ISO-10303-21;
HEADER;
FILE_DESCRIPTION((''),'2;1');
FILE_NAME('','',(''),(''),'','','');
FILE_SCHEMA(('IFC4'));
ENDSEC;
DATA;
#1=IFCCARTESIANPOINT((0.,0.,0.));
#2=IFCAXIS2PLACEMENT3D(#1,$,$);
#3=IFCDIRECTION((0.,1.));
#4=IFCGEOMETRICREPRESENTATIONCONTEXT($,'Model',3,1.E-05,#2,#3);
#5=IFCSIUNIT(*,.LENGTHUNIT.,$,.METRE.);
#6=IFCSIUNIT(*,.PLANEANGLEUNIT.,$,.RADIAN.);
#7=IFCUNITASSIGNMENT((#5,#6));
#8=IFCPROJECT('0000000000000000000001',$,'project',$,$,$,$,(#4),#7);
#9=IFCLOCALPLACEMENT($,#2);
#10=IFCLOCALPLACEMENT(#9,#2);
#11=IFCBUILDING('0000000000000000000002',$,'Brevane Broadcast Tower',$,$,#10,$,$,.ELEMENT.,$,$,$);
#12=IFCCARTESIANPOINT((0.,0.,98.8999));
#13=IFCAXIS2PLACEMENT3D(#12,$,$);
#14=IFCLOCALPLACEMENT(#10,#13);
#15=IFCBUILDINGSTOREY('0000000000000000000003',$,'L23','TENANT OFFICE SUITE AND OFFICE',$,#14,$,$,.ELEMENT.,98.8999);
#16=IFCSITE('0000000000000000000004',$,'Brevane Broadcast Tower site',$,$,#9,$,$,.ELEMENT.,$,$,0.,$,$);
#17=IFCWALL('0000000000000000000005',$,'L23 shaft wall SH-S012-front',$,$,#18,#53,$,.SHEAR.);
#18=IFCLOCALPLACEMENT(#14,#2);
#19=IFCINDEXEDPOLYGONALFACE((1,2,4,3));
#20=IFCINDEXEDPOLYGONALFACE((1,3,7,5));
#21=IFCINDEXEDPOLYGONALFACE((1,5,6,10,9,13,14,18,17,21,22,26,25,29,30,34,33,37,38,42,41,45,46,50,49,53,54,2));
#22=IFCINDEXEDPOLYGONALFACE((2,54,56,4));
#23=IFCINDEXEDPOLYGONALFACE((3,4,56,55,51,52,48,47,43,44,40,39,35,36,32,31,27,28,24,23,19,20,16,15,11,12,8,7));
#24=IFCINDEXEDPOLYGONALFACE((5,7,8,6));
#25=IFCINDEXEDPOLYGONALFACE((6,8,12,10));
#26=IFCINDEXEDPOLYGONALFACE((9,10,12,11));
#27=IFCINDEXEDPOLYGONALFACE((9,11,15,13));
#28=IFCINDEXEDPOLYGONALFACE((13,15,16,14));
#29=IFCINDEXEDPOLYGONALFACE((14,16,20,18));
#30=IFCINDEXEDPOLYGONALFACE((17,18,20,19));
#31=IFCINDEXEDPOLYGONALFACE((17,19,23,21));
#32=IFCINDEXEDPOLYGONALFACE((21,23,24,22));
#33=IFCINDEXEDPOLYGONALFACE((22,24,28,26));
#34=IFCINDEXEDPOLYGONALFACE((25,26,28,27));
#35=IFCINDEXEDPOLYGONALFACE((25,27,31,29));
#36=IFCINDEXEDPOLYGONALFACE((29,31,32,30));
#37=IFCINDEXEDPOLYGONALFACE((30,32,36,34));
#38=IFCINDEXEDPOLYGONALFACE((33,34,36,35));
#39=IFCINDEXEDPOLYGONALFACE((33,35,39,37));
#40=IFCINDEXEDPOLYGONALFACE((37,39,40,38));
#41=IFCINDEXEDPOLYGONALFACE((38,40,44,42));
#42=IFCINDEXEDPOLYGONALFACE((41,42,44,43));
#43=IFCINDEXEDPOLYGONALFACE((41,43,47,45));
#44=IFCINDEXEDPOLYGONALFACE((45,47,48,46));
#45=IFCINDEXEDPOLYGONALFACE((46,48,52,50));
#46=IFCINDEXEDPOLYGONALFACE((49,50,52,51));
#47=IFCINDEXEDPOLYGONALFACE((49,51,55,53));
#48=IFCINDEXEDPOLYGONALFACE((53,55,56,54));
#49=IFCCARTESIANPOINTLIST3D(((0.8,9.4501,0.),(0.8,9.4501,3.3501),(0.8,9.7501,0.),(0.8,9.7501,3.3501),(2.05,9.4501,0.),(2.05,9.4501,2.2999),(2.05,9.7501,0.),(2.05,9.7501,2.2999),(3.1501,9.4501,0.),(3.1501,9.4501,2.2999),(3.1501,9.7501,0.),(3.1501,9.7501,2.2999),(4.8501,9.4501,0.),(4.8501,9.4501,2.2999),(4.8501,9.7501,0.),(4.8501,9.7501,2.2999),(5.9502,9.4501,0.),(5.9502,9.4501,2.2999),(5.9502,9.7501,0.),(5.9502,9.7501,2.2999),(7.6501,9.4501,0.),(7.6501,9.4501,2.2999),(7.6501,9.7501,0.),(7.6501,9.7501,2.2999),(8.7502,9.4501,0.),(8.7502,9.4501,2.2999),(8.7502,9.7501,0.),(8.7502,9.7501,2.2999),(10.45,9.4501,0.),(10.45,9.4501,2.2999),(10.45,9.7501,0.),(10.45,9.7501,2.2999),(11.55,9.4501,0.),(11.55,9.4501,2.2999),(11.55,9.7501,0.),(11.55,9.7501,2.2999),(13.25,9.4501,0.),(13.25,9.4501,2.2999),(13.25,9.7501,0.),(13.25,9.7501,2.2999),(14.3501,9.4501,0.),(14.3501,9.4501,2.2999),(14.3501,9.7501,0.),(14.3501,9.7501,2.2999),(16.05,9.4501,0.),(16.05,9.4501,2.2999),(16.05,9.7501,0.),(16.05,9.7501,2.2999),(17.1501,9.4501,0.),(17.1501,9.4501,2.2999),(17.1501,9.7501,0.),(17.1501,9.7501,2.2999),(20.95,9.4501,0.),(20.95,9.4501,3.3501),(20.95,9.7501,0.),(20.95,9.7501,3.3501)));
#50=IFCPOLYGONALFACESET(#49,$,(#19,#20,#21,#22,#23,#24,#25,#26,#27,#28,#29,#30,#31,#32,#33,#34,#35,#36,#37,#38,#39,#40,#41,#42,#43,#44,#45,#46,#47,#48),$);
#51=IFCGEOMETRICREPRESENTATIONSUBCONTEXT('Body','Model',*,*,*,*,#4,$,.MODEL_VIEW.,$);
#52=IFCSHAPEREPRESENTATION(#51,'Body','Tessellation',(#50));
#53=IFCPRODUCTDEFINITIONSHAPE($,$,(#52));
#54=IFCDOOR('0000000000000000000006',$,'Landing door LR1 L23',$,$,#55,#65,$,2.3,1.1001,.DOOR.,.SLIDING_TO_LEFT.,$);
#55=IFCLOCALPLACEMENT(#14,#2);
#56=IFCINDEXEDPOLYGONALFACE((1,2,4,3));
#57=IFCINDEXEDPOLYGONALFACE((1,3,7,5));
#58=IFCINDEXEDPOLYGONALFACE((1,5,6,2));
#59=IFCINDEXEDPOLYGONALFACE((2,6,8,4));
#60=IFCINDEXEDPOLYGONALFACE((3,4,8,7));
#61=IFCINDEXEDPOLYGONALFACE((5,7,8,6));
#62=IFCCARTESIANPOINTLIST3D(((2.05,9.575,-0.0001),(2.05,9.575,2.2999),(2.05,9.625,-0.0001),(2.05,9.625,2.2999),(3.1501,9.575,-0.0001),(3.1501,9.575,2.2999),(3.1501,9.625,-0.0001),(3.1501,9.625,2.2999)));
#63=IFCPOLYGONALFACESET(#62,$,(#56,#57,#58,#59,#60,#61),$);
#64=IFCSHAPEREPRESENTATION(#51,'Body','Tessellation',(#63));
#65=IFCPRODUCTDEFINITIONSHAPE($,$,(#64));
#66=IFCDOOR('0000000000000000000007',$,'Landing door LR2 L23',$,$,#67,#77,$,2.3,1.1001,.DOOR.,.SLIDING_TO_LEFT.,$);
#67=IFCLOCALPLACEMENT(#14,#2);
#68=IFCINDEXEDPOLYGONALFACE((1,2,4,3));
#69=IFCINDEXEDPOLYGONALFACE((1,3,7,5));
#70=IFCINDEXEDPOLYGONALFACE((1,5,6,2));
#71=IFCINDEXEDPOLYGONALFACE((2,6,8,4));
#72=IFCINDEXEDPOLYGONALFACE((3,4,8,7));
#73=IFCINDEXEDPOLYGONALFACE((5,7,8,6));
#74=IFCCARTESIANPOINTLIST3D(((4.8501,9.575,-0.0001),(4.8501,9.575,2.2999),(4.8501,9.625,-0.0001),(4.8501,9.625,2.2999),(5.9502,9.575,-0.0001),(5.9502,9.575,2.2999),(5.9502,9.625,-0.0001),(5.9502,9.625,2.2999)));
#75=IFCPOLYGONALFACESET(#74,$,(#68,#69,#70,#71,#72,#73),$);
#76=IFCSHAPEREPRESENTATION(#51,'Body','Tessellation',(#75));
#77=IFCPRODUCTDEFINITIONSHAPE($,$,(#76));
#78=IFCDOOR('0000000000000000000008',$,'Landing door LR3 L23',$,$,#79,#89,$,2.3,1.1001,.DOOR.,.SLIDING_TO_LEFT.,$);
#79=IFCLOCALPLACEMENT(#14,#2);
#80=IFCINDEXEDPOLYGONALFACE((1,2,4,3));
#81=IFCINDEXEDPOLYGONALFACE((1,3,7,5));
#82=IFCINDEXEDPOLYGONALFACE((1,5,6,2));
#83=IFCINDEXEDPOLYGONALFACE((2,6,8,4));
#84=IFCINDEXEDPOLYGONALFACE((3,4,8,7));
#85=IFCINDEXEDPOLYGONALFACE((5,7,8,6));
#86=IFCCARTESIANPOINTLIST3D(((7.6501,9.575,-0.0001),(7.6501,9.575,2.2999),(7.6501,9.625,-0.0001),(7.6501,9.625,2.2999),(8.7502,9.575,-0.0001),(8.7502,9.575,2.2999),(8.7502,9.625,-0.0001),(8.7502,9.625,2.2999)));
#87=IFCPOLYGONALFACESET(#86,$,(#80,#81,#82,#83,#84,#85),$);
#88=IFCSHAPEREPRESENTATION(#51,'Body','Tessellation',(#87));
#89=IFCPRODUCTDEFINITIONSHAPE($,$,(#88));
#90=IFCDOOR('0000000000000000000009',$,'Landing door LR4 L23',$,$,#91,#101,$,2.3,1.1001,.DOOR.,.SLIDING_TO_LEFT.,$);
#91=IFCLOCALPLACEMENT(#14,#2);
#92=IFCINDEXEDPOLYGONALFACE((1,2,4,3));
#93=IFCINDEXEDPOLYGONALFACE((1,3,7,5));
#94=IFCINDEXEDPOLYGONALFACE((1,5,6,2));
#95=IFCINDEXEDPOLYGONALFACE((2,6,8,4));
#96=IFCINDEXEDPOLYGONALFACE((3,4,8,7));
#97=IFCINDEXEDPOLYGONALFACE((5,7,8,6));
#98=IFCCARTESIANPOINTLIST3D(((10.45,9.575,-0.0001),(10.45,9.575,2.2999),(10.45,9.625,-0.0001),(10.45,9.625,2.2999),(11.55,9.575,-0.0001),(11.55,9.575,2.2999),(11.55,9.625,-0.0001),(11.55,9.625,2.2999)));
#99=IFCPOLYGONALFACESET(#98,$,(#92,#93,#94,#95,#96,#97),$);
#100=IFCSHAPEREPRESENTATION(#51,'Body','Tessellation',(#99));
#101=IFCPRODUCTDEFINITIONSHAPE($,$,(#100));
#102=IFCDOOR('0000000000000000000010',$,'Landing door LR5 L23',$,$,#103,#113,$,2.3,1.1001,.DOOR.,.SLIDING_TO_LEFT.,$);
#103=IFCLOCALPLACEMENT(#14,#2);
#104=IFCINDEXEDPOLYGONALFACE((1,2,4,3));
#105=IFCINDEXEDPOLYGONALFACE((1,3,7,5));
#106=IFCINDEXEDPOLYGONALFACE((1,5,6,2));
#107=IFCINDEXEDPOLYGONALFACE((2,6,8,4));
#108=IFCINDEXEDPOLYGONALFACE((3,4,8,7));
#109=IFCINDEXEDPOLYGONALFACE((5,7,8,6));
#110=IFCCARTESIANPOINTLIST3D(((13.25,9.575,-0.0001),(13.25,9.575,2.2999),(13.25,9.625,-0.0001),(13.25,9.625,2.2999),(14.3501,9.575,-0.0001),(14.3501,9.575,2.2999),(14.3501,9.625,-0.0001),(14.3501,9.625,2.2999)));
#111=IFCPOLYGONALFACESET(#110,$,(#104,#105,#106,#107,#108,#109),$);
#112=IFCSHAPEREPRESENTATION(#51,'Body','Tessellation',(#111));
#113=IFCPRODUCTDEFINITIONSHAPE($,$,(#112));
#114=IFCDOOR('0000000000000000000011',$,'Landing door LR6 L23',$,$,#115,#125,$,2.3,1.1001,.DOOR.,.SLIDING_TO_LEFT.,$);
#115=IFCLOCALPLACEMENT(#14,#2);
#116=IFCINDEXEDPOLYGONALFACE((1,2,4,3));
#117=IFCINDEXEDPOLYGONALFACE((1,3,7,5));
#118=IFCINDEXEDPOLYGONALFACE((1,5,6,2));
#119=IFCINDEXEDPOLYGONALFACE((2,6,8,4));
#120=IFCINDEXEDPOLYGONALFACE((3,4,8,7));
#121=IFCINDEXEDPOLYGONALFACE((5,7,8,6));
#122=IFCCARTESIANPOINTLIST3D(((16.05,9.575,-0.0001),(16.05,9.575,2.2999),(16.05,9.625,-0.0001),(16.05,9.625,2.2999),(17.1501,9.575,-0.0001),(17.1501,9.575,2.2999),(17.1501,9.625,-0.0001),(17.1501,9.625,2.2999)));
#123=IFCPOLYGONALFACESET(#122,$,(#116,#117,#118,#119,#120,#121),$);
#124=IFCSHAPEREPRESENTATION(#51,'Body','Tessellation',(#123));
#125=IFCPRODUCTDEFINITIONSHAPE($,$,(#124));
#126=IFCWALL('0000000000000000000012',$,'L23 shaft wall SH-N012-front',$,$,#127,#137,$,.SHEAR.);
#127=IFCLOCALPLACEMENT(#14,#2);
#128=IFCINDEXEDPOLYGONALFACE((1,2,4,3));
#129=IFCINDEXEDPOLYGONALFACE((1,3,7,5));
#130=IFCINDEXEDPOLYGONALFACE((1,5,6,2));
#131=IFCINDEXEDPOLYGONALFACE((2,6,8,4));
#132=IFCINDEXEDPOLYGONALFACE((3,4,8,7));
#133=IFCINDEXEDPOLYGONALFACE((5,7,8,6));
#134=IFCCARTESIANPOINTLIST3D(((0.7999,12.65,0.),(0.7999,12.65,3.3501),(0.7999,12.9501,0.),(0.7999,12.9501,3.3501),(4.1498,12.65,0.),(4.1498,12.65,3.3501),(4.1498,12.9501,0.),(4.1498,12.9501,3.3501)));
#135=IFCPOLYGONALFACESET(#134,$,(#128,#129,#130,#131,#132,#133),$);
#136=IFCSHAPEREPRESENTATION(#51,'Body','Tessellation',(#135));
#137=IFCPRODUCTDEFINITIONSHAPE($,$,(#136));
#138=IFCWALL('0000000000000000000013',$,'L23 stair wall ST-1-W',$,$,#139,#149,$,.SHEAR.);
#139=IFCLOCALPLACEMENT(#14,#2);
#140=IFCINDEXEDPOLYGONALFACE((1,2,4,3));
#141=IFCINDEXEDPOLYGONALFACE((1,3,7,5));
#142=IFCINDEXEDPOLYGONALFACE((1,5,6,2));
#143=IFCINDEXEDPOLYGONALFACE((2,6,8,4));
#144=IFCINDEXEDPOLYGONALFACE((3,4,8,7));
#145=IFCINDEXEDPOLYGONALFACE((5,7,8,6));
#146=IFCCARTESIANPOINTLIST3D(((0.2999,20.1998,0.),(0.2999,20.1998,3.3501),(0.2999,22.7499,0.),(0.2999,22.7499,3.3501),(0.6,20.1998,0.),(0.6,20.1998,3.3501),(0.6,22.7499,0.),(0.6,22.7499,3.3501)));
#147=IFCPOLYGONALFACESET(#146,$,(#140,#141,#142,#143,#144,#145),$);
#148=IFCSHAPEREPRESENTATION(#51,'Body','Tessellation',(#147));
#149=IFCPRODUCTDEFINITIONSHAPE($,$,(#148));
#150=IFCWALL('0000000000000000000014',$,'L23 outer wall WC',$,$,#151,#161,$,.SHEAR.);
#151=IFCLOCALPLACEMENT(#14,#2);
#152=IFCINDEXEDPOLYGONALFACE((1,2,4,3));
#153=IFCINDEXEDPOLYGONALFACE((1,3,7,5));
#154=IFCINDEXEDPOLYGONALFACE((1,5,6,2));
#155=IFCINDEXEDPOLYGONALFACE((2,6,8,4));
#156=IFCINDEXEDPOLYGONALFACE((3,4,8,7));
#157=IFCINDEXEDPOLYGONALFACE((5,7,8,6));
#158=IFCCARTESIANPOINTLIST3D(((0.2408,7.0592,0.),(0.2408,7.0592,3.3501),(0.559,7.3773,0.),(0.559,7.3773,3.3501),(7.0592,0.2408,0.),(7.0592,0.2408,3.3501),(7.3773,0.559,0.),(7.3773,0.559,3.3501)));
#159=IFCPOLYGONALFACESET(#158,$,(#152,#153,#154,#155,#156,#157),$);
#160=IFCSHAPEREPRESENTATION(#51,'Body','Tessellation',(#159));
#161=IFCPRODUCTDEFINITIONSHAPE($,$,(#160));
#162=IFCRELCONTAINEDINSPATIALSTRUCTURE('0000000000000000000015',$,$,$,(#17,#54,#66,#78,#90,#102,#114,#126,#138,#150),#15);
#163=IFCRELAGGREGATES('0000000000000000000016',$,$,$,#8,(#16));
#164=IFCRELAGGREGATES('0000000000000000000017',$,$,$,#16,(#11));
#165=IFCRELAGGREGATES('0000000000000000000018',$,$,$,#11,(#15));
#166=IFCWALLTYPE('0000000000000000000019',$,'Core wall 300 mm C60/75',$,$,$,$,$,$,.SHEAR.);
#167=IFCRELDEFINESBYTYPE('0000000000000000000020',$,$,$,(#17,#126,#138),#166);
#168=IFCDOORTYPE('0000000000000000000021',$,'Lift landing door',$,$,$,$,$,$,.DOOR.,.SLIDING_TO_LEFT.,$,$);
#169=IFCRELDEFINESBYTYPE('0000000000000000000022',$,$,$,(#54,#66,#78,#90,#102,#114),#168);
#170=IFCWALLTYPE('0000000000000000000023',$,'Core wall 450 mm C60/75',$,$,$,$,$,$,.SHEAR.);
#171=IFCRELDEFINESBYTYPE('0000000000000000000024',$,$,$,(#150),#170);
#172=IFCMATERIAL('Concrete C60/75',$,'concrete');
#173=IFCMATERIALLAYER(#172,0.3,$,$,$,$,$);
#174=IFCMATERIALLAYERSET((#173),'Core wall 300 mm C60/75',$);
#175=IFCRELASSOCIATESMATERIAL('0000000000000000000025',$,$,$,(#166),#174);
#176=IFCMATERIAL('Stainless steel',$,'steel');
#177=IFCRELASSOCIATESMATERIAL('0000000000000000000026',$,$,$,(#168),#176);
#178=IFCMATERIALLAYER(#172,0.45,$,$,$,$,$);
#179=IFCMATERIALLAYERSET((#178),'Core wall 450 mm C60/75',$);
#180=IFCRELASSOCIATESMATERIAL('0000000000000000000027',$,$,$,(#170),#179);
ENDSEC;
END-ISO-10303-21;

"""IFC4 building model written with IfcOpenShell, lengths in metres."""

from ifc_helpers import new_model, si_unit, direction, frame, frame_2d, origin, place, context, subcontext, project, spatial, rectangle, extrude, material, layer, layer_set, type_object, element, fill, save


model = new_model("IFC4")

# Units and contexts
model_context = context("Model", 3, precision=1e-05, world=origin(), true_north=direction((0.0, 1.0)))
body_context = subcontext(model_context, "Body", "Model", "MODEL_VIEW")
ifc_project = project(units=[si_unit("LENGTHUNIT", "METRE"), si_unit("PLANEANGLEUNIT", "RADIAN")], contexts=[model_context])

# Site, building, storey
site_placement = place(None, origin())
site = spatial("IfcSite", under=ifc_project, at=site_placement, Name="Brevane Broadcast Tower site", CompositionType="ELEMENT", RefElevation=0.0)
building_placement = place(site_placement, origin())
building = spatial("IfcBuilding", under=site, at=building_placement, Name="Brevane Broadcast Tower", CompositionType="ELEMENT")
storey_placement = place(building_placement, frame((0.0, 0.0, 98.8999)))
storey = spatial("IfcBuildingStorey", under=building, at=storey_placement, Name="L23", Description="TENANT OFFICE SUITE AND OFFICE", CompositionType="ELEMENT", Elevation=98.8999)

# Wall, openings, doors
ifc_material_1 = material(Name="Concrete C60/75", Category="concrete")
ifc_layer_1 = layer(ifc_material_1, 0.3)
ifc_layer_set_1 = layer_set([ifc_layer_1], Name="Core wall 300 mm C60/75")
wall_type_1 = type_object("IfcWallType", Name="Core wall 300 mm C60/75", PredefinedType="SHEAR", material=ifc_layer_set_1)
wall_1_placement = place(storey_placement, frame((0.8, 9.6001, 0.0), z_axis=(0.0, 0.0, 1.0), x_axis=(1.0, 0.0, 0.0)))
wall_1 = element("IfcWall", 1, at=wall_1_placement, inside=storey, type_object=wall_type_1, Name="L23 shaft wall SH-S012-front", PredefinedType="SHEAR", context=body_context, shape_type="SweptSolid", body=[
    extrude(rectangle(XDim=20.1499, YDim=0.3, at=frame_2d((10.075, 0.0))), origin(), (0.0, 0.0, 1.0), 3.3501),
])
opening_1_placement = place(wall_1_placement, frame((1.25, 0.0, 0.0)))
opening_1 = element("IfcOpeningElement", 2, at=opening_1_placement, cuts=wall_1, PredefinedType="OPENING", context=body_context, shape_type="SweptSolid", body=[
    extrude(rectangle(XDim=1.1001, YDim=2.3, at=frame_2d((0.55, 1.1499))), frame((0.0, 0.1599, 0.0), z_axis=(0.0, -1.0, 0.0), x_axis=(1.0, 0.0, 0.0)), (0.0, 0.0, 1.0), 0.3201),
])
opening_2_placement = place(wall_1_placement, frame((4.05, 0.0, 0.0)))
opening_2 = element("IfcOpeningElement", 3, at=opening_2_placement, cuts=wall_1, PredefinedType="OPENING", context=body_context, shape_type="SweptSolid", body=[
    extrude(rectangle(XDim=1.1001, YDim=2.3, at=frame_2d((0.55, 1.1499))), frame((0.0, 0.1599, 0.0), z_axis=(0.0, -1.0, 0.0), x_axis=(1.0, 0.0, 0.0)), (0.0, 0.0, 1.0), 0.3201),
])
opening_3_placement = place(wall_1_placement, frame((6.8501, 0.0, 0.0)))
opening_3 = element("IfcOpeningElement", 4, at=opening_3_placement, cuts=wall_1, PredefinedType="OPENING", context=body_context, shape_type="SweptSolid", body=[
    extrude(rectangle(XDim=1.1001, YDim=2.3, at=frame_2d((0.55, 1.1499))), frame((0.0, 0.1599, 0.0), z_axis=(0.0, -1.0, 0.0), x_axis=(1.0, 0.0, 0.0)), (0.0, 0.0, 1.0), 0.3201),
])
opening_4_placement = place(wall_1_placement, frame((9.6499, 0.0, 0.0)))
opening_4 = element("IfcOpeningElement", 5, at=opening_4_placement, cuts=wall_1, PredefinedType="OPENING", context=body_context, shape_type="SweptSolid", body=[
    extrude(rectangle(XDim=1.1001, YDim=2.3, at=frame_2d((0.55, 1.1499))), frame((0.0, 0.1599, 0.0), z_axis=(0.0, -1.0, 0.0), x_axis=(1.0, 0.0, 0.0)), (0.0, 0.0, 1.0), 0.3201),
])
opening_5_placement = place(wall_1_placement, frame((12.45, 0.0, 0.0)))
opening_5 = element("IfcOpeningElement", 6, at=opening_5_placement, cuts=wall_1, PredefinedType="OPENING", context=body_context, shape_type="SweptSolid", body=[
    extrude(rectangle(XDim=1.1001, YDim=2.3, at=frame_2d((0.55, 1.1499))), frame((0.0, 0.1599, 0.0), z_axis=(0.0, -1.0, 0.0), x_axis=(1.0, 0.0, 0.0)), (0.0, 0.0, 1.0), 0.3201),
])
opening_6_placement = place(wall_1_placement, frame((15.25, 0.0, 0.0)))
opening_6 = element("IfcOpeningElement", 7, at=opening_6_placement, cuts=wall_1, PredefinedType="OPENING", context=body_context, shape_type="SweptSolid", body=[
    extrude(rectangle(XDim=1.1001, YDim=2.3, at=frame_2d((0.55, 1.1499))), frame((0.0, 0.1599, 0.0), z_axis=(0.0, -1.0, 0.0), x_axis=(1.0, 0.0, 0.0)), (0.0, 0.0, 1.0), 0.3201),
])
ifc_material_2 = material(Name="Stainless steel", Category="steel")
door_type = type_object("IfcDoorType", Name="Lift landing door", OperationType="SLIDING_TO_LEFT", PredefinedType="DOOR", material=ifc_material_2)
door_1_placement = place(opening_1_placement, origin())
door_1 = element("IfcDoor", 8, at=door_1_placement, inside=storey, type_object=door_type, Name="Landing door LR1 L23", OperationType="SLIDING_TO_LEFT", OverallHeight=2.3, OverallWidth=1.1001, PredefinedType="DOOR", context=body_context, shape_type="SweptSolid", body=[
    extrude(rectangle(XDim=1.1001, YDim=2.3, at=frame_2d((0.55, 1.1499))), frame((0.0, 0.0249, 0.0), z_axis=(0.0, -1.0, 0.0), x_axis=(1.0, 0.0, 0.0)), (0.0, 0.0, 1.0), 0.05),
])
fill(opening_1, door_1)
door_2_placement = place(opening_2_placement, origin())
door_2 = element("IfcDoor", 9, at=door_2_placement, inside=storey, type_object=door_type, Name="Landing door LR2 L23", OperationType="SLIDING_TO_LEFT", OverallHeight=2.3, OverallWidth=1.1001, PredefinedType="DOOR", context=body_context, shape_type="SweptSolid", body=[
    extrude(rectangle(XDim=1.1001, YDim=2.3, at=frame_2d((0.55, 1.1499))), frame((0.0, 0.0249, 0.0), z_axis=(0.0, -1.0, 0.0), x_axis=(1.0, 0.0, 0.0)), (0.0, 0.0, 1.0), 0.05),
])
fill(opening_2, door_2)
door_3_placement = place(opening_3_placement, origin())
door_3 = element("IfcDoor", 10, at=door_3_placement, inside=storey, type_object=door_type, Name="Landing door LR3 L23", OperationType="SLIDING_TO_LEFT", OverallHeight=2.3, OverallWidth=1.1001, PredefinedType="DOOR", context=body_context, shape_type="SweptSolid", body=[
    extrude(rectangle(XDim=1.1001, YDim=2.3, at=frame_2d((0.55, 1.1499))), frame((0.0, 0.0249, 0.0), z_axis=(0.0, -1.0, 0.0), x_axis=(1.0, 0.0, 0.0)), (0.0, 0.0, 1.0), 0.05),
])
fill(opening_3, door_3)
door_4_placement = place(opening_4_placement, origin())
door_4 = element("IfcDoor", 11, at=door_4_placement, inside=storey, type_object=door_type, Name="Landing door LR4 L23", OperationType="SLIDING_TO_LEFT", OverallHeight=2.3, OverallWidth=1.1001, PredefinedType="DOOR", context=body_context, shape_type="SweptSolid", body=[
    extrude(rectangle(XDim=1.1001, YDim=2.3, at=frame_2d((0.55, 1.1499))), frame((0.0, 0.0249, 0.0), z_axis=(0.0, -1.0, 0.0), x_axis=(1.0, 0.0, 0.0)), (0.0, 0.0, 1.0), 0.05),
])
fill(opening_4, door_4)
door_5_placement = place(opening_5_placement, origin())
door_5 = element("IfcDoor", 12, at=door_5_placement, inside=storey, type_object=door_type, Name="Landing door LR5 L23", OperationType="SLIDING_TO_LEFT", OverallHeight=2.3, OverallWidth=1.1001, PredefinedType="DOOR", context=body_context, shape_type="SweptSolid", body=[
    extrude(rectangle(XDim=1.1001, YDim=2.3, at=frame_2d((0.55, 1.1499))), frame((0.0, 0.0249, 0.0), z_axis=(0.0, -1.0, 0.0), x_axis=(1.0, 0.0, 0.0)), (0.0, 0.0, 1.0), 0.05),
])
fill(opening_5, door_5)
door_6_placement = place(opening_6_placement, origin())
door_6 = element("IfcDoor", 13, at=door_6_placement, inside=storey, type_object=door_type, Name="Landing door LR6 L23", OperationType="SLIDING_TO_LEFT", OverallHeight=2.3, OverallWidth=1.1001, PredefinedType="DOOR", context=body_context, shape_type="SweptSolid", body=[
    extrude(rectangle(XDim=1.1001, YDim=2.3, at=frame_2d((0.55, 1.1499))), frame((0.0, 0.0249, 0.0), z_axis=(0.0, -1.0, 0.0), x_axis=(1.0, 0.0, 0.0)), (0.0, 0.0, 1.0), 0.05),
])
fill(opening_6, door_6)

# Walls
wall_2_placement = place(storey_placement, frame((0.8, 12.8, 0.0), z_axis=(0.0, 0.0, 1.0), x_axis=(1.0, 0.0, 0.0)))
element("IfcWall", 14, at=wall_2_placement, inside=storey, type_object=wall_type_1, Name="L23 shaft wall SH-N012-front", PredefinedType="SHEAR", context=body_context, shape_type="SweptSolid", body=[
    extrude(rectangle(XDim=3.3499, YDim=0.3, at=frame_2d((1.6748, 0.0))), origin(), (0.0, 0.0, 1.0), 3.3501),
])
wall_3_placement = place(storey_placement, frame((0.45, 20.2, 0.0), z_axis=(0.0, 0.0, 1.0), x_axis=(0.0, 1.0, 0.0)))
element("IfcWall", 15, at=wall_3_placement, inside=storey, type_object=wall_type_1, Name="L23 stair wall ST-1-W", PredefinedType="SHEAR", context=body_context, shape_type="SweptSolid", body=[
    extrude(rectangle(XDim=2.55, YDim=0.3, at=frame_2d((1.2749, 0.0))), origin(), (0.0, 0.0, 1.0), 3.3501),
])
ifc_layer_2 = layer(ifc_material_1, 0.45)
ifc_layer_set_2 = layer_set([ifc_layer_2], Name="Core wall 450 mm C60/75")
wall_type_2 = type_object("IfcWallType", Name="Core wall 450 mm C60/75", PredefinedType="SHEAR", material=ifc_layer_set_2)
wall_4_placement = place(storey_placement, frame((0.3999, 7.2183, 0.0), z_axis=(0.0, 0.0, 1.0), x_axis=(0.707107, -0.707107, 0.0)))
element("IfcWall", 16, at=wall_4_placement, inside=storey, type_object=wall_type_2, Name="L23 outer wall WC", PredefinedType="SHEAR", context=body_context, shape_type="SweptSolid", body=[
    extrude(rectangle(XDim=9.6426, YDim=0.45, at=frame_2d((4.8213, 0.0))), origin(), (0.0, 0.0, 1.0), 3.3501),
])

save(model, "model.ifc")
